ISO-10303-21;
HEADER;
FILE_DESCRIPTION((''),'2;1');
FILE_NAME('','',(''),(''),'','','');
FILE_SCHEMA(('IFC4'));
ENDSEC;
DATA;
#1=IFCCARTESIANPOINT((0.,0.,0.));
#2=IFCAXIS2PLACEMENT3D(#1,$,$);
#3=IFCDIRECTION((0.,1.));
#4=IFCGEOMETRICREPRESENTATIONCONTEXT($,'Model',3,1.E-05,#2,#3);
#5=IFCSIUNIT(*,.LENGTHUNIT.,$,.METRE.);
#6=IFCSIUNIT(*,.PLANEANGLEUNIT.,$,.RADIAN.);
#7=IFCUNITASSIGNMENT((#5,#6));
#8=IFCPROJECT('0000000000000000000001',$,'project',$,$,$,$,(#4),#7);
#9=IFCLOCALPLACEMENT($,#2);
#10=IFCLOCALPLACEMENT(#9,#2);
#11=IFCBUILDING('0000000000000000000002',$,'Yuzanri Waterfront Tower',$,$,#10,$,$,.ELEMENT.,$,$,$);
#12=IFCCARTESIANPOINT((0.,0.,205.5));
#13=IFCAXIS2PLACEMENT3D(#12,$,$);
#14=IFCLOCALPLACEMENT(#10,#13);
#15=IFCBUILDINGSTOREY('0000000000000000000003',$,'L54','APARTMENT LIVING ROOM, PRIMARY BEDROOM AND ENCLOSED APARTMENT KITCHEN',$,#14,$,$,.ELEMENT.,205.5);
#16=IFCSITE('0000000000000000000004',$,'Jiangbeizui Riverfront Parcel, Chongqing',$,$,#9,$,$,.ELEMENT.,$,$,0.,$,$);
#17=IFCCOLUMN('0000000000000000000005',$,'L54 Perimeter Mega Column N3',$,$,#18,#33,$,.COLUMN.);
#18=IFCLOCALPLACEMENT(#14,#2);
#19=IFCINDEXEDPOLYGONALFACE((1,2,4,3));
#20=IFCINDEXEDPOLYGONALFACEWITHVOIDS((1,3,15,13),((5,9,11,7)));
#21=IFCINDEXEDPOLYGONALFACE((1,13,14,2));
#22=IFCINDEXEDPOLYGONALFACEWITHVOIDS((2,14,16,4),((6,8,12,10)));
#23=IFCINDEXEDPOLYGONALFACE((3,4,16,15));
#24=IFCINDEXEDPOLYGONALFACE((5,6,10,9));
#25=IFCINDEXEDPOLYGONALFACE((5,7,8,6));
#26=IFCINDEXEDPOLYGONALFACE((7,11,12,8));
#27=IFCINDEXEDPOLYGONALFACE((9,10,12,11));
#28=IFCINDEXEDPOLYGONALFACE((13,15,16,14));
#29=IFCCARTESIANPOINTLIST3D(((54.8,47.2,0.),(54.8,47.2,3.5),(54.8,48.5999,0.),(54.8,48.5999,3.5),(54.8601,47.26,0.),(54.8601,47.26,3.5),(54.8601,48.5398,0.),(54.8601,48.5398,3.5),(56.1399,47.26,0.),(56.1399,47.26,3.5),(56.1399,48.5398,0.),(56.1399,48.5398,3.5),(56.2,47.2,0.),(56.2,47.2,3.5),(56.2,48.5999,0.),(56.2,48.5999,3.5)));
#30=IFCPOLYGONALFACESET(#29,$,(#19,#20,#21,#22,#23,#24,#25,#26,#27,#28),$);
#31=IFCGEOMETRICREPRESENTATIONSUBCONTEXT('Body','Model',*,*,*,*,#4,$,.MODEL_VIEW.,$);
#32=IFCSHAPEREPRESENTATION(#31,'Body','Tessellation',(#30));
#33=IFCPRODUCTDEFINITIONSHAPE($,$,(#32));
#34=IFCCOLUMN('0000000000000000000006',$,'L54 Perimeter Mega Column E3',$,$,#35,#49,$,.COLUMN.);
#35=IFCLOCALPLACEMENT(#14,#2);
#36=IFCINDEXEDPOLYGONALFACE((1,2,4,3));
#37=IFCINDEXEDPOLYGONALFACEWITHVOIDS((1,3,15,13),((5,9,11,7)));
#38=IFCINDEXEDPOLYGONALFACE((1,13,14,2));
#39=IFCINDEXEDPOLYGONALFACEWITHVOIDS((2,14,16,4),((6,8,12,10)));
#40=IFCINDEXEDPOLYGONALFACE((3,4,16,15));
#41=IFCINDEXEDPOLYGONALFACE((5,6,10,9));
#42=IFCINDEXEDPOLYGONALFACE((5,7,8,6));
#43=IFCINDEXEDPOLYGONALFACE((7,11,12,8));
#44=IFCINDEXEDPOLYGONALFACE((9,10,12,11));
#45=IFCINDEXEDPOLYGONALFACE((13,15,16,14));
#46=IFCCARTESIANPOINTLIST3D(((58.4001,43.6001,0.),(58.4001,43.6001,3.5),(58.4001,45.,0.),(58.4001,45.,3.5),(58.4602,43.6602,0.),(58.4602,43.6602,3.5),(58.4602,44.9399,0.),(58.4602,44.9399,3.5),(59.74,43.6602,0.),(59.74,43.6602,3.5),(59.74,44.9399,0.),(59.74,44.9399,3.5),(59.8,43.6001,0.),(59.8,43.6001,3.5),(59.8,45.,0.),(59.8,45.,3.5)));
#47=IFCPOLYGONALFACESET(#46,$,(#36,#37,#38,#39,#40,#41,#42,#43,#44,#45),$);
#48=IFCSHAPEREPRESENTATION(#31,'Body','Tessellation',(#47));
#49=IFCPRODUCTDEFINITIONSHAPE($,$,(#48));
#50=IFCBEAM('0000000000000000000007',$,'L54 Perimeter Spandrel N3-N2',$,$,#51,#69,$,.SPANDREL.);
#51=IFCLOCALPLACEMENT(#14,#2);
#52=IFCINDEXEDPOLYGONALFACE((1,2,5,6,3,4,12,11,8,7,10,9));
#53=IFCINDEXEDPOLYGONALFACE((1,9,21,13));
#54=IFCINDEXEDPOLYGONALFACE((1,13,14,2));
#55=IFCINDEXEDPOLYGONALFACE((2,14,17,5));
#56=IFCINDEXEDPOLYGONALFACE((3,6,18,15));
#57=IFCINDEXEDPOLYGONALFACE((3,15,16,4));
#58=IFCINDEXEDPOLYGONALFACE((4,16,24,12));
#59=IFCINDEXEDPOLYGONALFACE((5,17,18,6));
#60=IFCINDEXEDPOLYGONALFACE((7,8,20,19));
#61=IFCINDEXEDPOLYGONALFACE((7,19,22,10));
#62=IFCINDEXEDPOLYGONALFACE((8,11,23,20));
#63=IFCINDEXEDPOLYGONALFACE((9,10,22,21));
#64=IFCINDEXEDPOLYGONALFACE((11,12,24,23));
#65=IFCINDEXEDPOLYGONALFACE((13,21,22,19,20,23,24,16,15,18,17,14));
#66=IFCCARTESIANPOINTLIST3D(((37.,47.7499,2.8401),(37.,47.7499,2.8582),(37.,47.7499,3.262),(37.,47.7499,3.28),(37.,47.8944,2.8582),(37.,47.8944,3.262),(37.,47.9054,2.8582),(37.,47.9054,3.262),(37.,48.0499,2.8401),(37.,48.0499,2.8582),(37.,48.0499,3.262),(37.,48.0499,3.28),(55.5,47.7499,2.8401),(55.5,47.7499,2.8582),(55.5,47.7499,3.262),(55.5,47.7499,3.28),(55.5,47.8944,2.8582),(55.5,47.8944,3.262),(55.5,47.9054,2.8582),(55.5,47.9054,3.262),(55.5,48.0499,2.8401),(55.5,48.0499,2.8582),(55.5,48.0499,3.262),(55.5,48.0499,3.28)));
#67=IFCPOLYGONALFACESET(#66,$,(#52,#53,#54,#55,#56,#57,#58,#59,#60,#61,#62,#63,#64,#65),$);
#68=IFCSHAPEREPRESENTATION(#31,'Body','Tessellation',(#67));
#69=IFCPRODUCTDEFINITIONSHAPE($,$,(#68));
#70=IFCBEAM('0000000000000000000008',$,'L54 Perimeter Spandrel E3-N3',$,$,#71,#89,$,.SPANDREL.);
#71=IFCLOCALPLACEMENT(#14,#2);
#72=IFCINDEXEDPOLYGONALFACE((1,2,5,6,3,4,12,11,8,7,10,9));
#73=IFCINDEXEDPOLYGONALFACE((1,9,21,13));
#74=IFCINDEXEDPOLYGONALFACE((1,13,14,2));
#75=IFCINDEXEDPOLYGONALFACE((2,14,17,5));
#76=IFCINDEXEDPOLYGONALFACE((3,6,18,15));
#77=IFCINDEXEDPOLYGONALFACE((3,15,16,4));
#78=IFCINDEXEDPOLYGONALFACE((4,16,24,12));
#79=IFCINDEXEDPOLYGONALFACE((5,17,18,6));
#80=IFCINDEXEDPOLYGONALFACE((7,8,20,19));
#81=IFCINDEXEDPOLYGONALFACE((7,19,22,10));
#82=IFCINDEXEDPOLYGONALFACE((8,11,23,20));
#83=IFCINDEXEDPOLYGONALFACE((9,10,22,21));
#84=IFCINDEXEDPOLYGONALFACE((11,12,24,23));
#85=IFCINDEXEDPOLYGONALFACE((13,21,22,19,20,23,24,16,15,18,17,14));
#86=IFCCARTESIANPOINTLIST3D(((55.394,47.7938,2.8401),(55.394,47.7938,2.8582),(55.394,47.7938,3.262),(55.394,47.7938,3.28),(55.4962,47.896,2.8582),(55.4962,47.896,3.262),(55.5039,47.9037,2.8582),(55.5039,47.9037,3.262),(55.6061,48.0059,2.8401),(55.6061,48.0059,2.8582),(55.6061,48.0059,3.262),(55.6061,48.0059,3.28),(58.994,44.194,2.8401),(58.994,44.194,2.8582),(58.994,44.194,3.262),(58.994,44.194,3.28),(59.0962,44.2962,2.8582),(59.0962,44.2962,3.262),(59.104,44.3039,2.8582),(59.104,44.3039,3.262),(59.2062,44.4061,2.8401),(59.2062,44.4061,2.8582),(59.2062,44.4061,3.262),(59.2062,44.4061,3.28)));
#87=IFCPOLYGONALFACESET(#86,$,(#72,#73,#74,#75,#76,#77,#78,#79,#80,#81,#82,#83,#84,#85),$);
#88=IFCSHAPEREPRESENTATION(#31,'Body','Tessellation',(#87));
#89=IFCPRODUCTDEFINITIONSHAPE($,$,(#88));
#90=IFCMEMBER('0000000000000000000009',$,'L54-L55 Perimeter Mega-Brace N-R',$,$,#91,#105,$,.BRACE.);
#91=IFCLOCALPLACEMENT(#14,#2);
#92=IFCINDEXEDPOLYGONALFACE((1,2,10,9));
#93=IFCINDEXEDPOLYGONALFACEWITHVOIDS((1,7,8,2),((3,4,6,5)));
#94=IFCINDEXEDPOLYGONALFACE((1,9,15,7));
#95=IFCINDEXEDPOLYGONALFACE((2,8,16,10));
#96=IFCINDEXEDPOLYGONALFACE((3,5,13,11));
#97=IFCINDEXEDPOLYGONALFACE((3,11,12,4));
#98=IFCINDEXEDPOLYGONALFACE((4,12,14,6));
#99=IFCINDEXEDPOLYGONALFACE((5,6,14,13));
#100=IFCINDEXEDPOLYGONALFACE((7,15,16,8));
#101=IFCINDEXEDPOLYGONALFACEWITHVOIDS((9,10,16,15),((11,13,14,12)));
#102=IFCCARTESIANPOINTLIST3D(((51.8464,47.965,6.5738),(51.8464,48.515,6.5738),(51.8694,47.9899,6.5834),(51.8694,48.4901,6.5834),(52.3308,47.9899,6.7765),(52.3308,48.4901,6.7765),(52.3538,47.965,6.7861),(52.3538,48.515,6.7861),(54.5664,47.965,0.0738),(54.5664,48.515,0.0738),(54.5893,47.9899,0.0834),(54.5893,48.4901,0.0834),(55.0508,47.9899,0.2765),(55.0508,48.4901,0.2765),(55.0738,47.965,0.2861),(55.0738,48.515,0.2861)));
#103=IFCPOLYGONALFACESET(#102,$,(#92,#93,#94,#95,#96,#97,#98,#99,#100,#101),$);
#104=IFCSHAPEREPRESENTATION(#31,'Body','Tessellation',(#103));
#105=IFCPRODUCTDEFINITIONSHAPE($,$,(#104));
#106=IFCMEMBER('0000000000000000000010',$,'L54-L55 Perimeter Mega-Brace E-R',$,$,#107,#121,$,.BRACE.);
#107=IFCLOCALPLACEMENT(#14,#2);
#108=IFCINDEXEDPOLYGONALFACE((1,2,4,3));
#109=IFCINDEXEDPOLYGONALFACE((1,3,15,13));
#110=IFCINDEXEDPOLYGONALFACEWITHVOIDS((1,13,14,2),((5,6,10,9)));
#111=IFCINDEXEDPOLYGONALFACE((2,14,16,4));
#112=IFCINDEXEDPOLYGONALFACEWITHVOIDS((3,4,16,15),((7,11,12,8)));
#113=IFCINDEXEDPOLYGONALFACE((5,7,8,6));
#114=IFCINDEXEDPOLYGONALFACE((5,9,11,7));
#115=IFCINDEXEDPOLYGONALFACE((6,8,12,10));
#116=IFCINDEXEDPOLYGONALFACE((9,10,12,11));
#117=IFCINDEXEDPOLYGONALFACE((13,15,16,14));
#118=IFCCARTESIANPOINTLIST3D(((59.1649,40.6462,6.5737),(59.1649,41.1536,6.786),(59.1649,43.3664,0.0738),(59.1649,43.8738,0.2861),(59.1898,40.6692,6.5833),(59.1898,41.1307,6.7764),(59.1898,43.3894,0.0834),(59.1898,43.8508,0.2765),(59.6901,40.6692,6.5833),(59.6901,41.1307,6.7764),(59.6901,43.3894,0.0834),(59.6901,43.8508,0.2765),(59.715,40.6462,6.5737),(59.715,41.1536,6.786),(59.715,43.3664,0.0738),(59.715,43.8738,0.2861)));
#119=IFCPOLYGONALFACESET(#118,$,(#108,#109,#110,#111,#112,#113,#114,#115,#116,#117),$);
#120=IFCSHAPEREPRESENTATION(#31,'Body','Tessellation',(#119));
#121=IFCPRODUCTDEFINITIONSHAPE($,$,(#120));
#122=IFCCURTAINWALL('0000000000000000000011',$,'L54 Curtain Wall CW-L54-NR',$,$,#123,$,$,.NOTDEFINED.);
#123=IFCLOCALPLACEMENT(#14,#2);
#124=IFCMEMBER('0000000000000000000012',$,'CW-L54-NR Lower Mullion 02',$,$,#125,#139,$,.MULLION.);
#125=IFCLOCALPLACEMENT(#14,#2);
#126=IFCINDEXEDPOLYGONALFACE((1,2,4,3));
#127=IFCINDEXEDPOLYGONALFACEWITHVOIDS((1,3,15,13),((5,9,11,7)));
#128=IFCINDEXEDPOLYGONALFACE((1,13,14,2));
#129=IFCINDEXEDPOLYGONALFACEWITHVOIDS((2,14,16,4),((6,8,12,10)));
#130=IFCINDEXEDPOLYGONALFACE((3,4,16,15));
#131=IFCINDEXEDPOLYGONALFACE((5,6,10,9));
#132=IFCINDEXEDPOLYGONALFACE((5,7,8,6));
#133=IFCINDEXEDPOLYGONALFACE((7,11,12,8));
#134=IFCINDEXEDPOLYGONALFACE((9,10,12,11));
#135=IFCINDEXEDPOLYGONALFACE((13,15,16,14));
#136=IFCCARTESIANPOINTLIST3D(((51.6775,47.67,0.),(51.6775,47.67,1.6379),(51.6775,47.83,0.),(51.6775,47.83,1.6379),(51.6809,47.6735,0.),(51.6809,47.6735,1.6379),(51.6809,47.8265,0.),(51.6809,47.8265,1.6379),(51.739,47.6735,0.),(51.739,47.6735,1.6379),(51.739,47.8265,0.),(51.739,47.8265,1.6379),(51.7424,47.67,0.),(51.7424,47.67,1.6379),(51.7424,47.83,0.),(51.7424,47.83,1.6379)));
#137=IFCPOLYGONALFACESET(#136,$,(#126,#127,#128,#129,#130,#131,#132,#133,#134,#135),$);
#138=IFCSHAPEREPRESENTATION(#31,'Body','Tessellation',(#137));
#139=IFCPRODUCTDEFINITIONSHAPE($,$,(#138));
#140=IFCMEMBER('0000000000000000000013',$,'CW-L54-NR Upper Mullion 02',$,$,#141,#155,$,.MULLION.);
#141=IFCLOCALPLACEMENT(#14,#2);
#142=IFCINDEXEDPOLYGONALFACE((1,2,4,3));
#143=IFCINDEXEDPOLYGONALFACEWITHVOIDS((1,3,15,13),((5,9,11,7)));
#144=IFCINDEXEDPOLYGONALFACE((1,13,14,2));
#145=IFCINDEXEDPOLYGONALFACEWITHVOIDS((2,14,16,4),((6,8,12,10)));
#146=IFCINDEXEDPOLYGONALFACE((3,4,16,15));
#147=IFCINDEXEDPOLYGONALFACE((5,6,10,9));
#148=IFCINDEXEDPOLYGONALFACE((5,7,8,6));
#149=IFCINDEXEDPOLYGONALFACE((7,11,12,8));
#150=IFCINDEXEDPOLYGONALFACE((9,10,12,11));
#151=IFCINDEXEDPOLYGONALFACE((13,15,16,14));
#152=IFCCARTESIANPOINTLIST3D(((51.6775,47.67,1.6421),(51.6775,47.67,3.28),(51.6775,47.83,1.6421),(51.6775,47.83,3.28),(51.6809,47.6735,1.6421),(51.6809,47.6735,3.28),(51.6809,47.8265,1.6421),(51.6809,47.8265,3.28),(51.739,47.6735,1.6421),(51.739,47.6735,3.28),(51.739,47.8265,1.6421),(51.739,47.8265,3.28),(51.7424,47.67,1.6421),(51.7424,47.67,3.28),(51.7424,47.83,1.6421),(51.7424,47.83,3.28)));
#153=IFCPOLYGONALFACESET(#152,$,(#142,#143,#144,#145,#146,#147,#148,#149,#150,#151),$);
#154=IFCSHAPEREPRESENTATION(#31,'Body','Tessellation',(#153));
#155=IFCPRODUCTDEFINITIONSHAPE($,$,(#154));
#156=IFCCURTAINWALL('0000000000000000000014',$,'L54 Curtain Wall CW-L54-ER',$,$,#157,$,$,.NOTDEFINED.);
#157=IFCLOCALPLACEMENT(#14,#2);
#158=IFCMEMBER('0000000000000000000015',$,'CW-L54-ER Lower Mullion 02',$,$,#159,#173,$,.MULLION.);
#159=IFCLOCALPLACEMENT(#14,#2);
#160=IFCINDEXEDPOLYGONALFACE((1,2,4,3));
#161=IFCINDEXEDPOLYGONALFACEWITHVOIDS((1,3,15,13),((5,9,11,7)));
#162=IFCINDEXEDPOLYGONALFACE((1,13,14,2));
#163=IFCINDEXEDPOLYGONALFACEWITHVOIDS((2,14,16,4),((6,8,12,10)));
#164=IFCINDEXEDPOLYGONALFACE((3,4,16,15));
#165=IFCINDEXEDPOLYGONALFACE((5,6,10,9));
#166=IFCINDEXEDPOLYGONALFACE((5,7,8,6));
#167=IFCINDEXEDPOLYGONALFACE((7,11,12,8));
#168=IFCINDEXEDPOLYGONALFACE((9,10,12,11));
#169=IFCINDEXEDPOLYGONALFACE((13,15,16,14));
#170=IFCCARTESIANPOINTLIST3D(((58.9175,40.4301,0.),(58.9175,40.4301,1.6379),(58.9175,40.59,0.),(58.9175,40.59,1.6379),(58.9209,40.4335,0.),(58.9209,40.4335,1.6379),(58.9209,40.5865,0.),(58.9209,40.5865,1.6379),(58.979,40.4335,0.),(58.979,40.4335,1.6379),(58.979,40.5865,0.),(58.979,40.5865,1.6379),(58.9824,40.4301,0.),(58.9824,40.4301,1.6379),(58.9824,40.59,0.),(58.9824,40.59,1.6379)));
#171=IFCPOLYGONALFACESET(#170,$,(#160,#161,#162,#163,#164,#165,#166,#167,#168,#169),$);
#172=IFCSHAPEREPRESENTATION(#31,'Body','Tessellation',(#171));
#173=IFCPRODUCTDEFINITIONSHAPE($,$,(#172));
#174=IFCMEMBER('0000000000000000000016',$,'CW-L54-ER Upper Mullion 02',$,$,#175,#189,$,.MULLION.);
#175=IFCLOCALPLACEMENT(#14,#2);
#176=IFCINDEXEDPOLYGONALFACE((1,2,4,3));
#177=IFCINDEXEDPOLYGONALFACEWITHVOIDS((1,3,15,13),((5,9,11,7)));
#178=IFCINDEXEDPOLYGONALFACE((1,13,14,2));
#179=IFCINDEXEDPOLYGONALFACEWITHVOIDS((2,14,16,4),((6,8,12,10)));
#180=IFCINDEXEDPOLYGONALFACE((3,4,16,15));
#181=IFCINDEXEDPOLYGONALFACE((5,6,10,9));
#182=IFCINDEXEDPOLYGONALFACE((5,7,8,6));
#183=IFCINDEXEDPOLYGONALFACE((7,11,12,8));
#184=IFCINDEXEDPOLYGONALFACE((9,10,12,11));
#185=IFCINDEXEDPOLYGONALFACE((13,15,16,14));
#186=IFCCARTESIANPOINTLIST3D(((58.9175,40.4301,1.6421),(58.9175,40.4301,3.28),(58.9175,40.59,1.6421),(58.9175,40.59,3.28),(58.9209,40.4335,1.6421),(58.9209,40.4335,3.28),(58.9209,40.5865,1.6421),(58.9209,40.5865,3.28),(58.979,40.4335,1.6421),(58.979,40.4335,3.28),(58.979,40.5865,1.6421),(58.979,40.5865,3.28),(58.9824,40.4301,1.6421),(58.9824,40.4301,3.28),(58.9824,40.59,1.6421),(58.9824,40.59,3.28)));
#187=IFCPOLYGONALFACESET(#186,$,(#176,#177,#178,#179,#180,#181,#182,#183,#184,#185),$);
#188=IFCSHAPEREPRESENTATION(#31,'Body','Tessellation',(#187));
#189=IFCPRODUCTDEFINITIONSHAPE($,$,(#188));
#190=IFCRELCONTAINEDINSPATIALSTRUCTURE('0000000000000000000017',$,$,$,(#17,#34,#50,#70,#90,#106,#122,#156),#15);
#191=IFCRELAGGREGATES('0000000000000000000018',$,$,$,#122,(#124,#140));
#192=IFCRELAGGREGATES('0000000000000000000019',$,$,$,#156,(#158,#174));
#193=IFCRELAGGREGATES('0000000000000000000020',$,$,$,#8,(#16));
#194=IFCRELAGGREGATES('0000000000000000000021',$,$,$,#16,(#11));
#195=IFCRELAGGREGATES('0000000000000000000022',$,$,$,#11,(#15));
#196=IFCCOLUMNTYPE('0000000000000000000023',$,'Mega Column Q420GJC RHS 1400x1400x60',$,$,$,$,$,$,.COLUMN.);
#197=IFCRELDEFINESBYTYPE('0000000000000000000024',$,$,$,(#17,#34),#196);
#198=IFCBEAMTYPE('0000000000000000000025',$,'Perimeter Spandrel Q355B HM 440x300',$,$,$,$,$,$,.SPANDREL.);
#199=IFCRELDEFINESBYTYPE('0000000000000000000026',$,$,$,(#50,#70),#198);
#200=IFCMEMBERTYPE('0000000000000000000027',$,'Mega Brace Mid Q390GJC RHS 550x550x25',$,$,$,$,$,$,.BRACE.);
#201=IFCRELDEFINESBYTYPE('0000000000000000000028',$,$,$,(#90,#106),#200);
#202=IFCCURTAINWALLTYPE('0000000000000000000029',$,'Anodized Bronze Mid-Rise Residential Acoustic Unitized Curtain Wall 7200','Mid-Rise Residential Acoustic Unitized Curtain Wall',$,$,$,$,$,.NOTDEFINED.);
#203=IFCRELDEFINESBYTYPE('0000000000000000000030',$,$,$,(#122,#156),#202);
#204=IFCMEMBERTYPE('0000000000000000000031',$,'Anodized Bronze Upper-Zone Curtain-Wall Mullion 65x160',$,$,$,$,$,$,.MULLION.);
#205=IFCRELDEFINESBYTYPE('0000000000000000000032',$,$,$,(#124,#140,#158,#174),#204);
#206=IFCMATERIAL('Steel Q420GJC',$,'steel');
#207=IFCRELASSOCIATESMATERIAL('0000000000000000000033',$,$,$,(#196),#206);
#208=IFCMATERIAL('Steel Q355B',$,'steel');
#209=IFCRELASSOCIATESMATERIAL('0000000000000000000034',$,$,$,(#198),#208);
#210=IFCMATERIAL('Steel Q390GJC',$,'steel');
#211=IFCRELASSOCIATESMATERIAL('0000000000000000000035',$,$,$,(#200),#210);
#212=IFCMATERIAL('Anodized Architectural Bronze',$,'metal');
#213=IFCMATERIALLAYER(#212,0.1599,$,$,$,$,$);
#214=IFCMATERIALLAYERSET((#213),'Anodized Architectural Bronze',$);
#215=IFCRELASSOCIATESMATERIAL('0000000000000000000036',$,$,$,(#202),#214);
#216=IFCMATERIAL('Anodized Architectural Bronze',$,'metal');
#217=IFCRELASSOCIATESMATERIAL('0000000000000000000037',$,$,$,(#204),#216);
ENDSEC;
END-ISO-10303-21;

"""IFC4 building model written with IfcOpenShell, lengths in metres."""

from ifc_helpers import new_model, si_unit, direction, frame, origin, origin_2d, place, context, subcontext, project, spatial, hollow_rectangle, i_section, extrude, source, transform, mapped, material, layer, layer_set, material_profile, profile_set, type_object, element, aggregate, save


model = new_model("IFC4")

# Units and contexts
model_context = context("Model", 3, precision=1e-05, world=origin(), true_north=direction((0.0, 1.0)))
body_context = subcontext(model_context, "Body", "Model", "MODEL_VIEW")
ifc_project = project(units=[si_unit("LENGTHUNIT", "METRE"), si_unit("PLANEANGLEUNIT", "RADIAN")], contexts=[model_context])

# Site, building, storey
site_placement = place(None, origin())
site = spatial("IfcSite", under=ifc_project, at=site_placement, Name="Jiangbeizui Riverfront Parcel, Chongqing", CompositionType="ELEMENT", RefElevation=0.0)
building_placement = place(site_placement, origin())
building = spatial("IfcBuilding", under=site, at=building_placement, Name="Yuzanri Waterfront Tower", CompositionType="ELEMENT")
storey_placement = place(building_placement, frame((0.0, 0.0, 205.5)))
storey = spatial("IfcBuildingStorey", under=building, at=storey_placement, Name="L54", Description="APARTMENT LIVING ROOM, PRIMARY BEDROOM AND ENCLOSED APARTMENT KITCHEN", CompositionType="ELEMENT", Elevation=205.5)

# Columns
ifc_material_1 = material(Name="Steel Q420GJC", Category="steel")
ifc_material_profile_1 = material_profile(ifc_material_1, hollow_rectangle(XDim=1.3999, YDim=1.3999, WallThickness=0.0601, at=origin_2d()), Name="RHS 1400x1400x60")
ifc_profile_set_1 = profile_set([ifc_material_profile_1], Name="Steel Q420GJC")
column_type = type_object("IfcColumnType", Name="Mega Column Q420GJC RHS 1400x1400x60", PredefinedType="COLUMN", material=ifc_profile_set_1)
shared_shape_1 = source(origin(), body_context, "Body", "SweptSolid", [
    extrude(hollow_rectangle(XDim=1.3999, YDim=1.3999, WallThickness=0.0601, at=origin_2d()), origin(), (0.0, 0.0, 1.0), 3.5),
])
for number, where, z_axis, x_axis, name in (
    (1, (55.5, 47.8999, 0.0), (0.0, 0.0, 1.0), (1.0, 0.0, 0.0), "L54 Perimeter Mega Column N3"),
    (2, (59.1001, 44.3, 0.0), (0.0, 0.0, 1.0), (1.0, 0.0, 0.0), "L54 Perimeter Mega Column E3"),
):
    element("IfcColumn", number, at=place(storey_placement, frame(where, z_axis=z_axis, x_axis=x_axis)), inside=storey, type_object=column_type, Name=name, PredefinedType="COLUMN", context=body_context, shape_type="MappedRepresentation", body=[
        mapped(shared_shape_1, transform((0.0, 0.0, 0.0), scale=1.0)),
    ])

# Beams
ifc_material_2 = material(Name="Steel Q355B", Category="steel")
ifc_material_profile_2 = material_profile(ifc_material_2, i_section(OverallWidth=0.3, OverallDepth=0.4399, WebThickness=0.011, FlangeThickness=0.0181, at=origin_2d()), Name="HM 440x300x11x18")
ifc_profile_set_2 = profile_set([ifc_material_profile_2], Name="Steel Q355B")
beam_type = type_object("IfcBeamType", Name="Perimeter Spandrel Q355B HM 440x300", PredefinedType="SPANDREL", material=ifc_profile_set_2)
shared_shape_2 = source(origin(), body_context, "Body", "SweptSolid", [
    extrude(i_section(OverallWidth=0.3, OverallDepth=0.4399, WebThickness=0.011, FlangeThickness=0.0181, at=origin_2d()), origin(), (0.0, 0.0, 1.0), 18.5),
])
beam_1_placement = place(storey_placement, frame((55.5, 47.8999, 3.0601), z_axis=(-1.0, 0.0, 0.0), x_axis=(0.0, -1.0, 0.0)))
element("IfcBeam", 3, at=beam_1_placement, inside=storey, type_object=beam_type, Name="L54 Perimeter Spandrel N3-N2", PredefinedType="SPANDREL", context=body_context, shape_type="MappedRepresentation", body=[
    mapped(shared_shape_2, transform((0.0, 0.0, 0.0), scale=1.0)),
])
shared_shape_3 = source(origin(), body_context, "Body", "SweptSolid", [
    extrude(i_section(OverallWidth=0.3, OverallDepth=0.4399, WebThickness=0.011, FlangeThickness=0.0181, at=origin_2d()), origin(), (0.0, 0.0, 1.0), 5.0911),
])
beam_2_placement = place(storey_placement, frame((59.1001, 44.3, 3.0601), z_axis=(-0.707131, 0.707083, 0.0), x_axis=(-0.707083, -0.707131, 0.0)))
element("IfcBeam", 4, at=beam_2_placement, inside=storey, type_object=beam_type, Name="L54 Perimeter Spandrel E3-N3", PredefinedType="SPANDREL", context=body_context, shape_type="MappedRepresentation", body=[
    mapped(shared_shape_3, transform((0.0, 0.0, 0.0), scale=1.0)),
])

# Members
ifc_material_3 = material(Name="Steel Q390GJC", Category="steel")
ifc_material_profile_3 = material_profile(ifc_material_3, hollow_rectangle(XDim=0.55, YDim=0.55, WallThickness=0.0249, at=origin_2d()), Name="RHS 550x550x25")
ifc_profile_set_3 = profile_set([ifc_material_profile_3], Name="Steel Q390GJC")
member_type_1 = type_object("IfcMemberType", Name="Mega Brace Mid Q390GJC RHS 550x550x25", PredefinedType="BRACE", material=ifc_profile_set_3)
shared_shape_4 = source(origin(), body_context, "Body", "SweptSolid", [
    extrude(hollow_rectangle(XDim=0.55, YDim=0.55, WallThickness=0.0249, at=origin_2d()), origin(), (0.0, 0.0, 1.0), 7.0461),
])
for number, where, z_axis, x_axis, name in (
    (5, (54.8201, 48.24, 0.1799), (-0.386022, 0.0, 0.922489), (0.0, -1.0, 0.0), "L54-L55 Perimeter Mega-Brace N-R"),
    (6, (59.4399, 43.6201, 0.1799), (0.0, -0.386052, 0.922477), (1.0, 0.0, 0.0), "L54-L55 Perimeter Mega-Brace E-R"),
):
    element("IfcMember", number, at=place(storey_placement, frame(where, z_axis=z_axis, x_axis=x_axis)), inside=storey, type_object=member_type_1, Name=name, PredefinedType="BRACE", context=body_context, shape_type="MappedRepresentation", body=[
        mapped(shared_shape_4, transform((0.0, 0.0, 0.0), scale=1.0)),
    ])

# Curtain walls, members
ifc_material_4 = material(Name="Anodized Architectural Bronze", Category="metal")
ifc_layer_1 = layer(ifc_material_4, 0.1599)
ifc_layer_set_1 = layer_set([ifc_layer_1], Name="Anodized Architectural Bronze")
curtain_wall_type = type_object("IfcCurtainWallType", Name="Anodized Bronze Mid-Rise Residential Acoustic Unitized Curtain Wall 7200", Description="Mid-Rise Residential Acoustic Unitized Curtain Wall", PredefinedType="NOTDEFINED", material=ifc_layer_set_1)
curtain_wall_1_placement = place(storey_placement, origin())
curtain_wall_1 = element("IfcCurtainWall", 7, at=curtain_wall_1_placement, inside=storey, type_object=curtain_wall_type, Name="L54 Curtain Wall CW-L54-NR", PredefinedType="NOTDEFINED")
ifc_material_5 = material(Name="Anodized Architectural Bronze", Category="metal")
ifc_material_profile_4 = material_profile(ifc_material_5, hollow_rectangle(XDim=0.0649, YDim=0.1599, WallThickness=0.0034, at=origin_2d()), Name="CWM 65x160")
ifc_profile_set_4 = profile_set([ifc_material_profile_4], Name="Anodized Architectural Bronze")
member_type_2 = type_object("IfcMemberType", Name="Anodized Bronze Upper-Zone Curtain-Wall Mullion 65x160", PredefinedType="MULLION", material=ifc_profile_set_4)
shared_shape_5 = source(origin(), body_context, "Body", "SweptSolid", [
    extrude(hollow_rectangle(XDim=0.0649, YDim=0.1599, WallThickness=0.0034, at=origin_2d()), origin(), (0.0, 0.0, 1.0), 1.6379),
])
member_1_placement = place(storey_placement, frame((51.71, 47.75, 0.0), z_axis=(0.0, 0.0, 1.0), x_axis=(1.0, 0.0, 0.0)))
member_1 = element("IfcMember", 8, at=member_1_placement, type_object=member_type_2, Name="CW-L54-NR Lower Mullion 02", PredefinedType="MULLION", context=body_context, shape_type="MappedRepresentation", body=[
    mapped(shared_shape_5, transform((0.0, 0.0, 0.0), scale=1.0)),
])
member_2_placement = place(storey_placement, frame((51.71, 47.75, 1.6421), z_axis=(0.0, 0.0, 1.0), x_axis=(1.0, 0.0, 0.0)))
member_2 = element("IfcMember", 9, at=member_2_placement, type_object=member_type_2, Name="CW-L54-NR Upper Mullion 02", PredefinedType="MULLION", context=body_context, shape_type="MappedRepresentation", body=[
    mapped(shared_shape_5, transform((0.0, 0.0, 0.0), scale=1.0)),
])
aggregate(curtain_wall_1, [member_1, member_2])
curtain_wall_2_placement = place(storey_placement, origin())
curtain_wall_2 = element("IfcCurtainWall", 10, at=curtain_wall_2_placement, inside=storey, type_object=curtain_wall_type, Name="L54 Curtain Wall CW-L54-ER", PredefinedType="NOTDEFINED")
member_3_placement = place(storey_placement, frame((58.95, 40.51, 0.0), z_axis=(0.0, 0.0, 1.0), x_axis=(1.0, 0.0, 0.0)))
member_3 = element("IfcMember", 11, at=member_3_placement, type_object=member_type_2, Name="CW-L54-ER Lower Mullion 02", PredefinedType="MULLION", context=body_context, shape_type="MappedRepresentation", body=[
    mapped(shared_shape_5, transform((0.0, 0.0, 0.0), scale=1.0)),
])
member_4_placement = place(storey_placement, frame((58.95, 40.51, 1.6421), z_axis=(0.0, 0.0, 1.0), x_axis=(1.0, 0.0, 0.0)))
member_4 = element("IfcMember", 12, at=member_4_placement, type_object=member_type_2, Name="CW-L54-ER Upper Mullion 02", PredefinedType="MULLION", context=body_context, shape_type="MappedRepresentation", body=[
    mapped(shared_shape_5, transform((0.0, 0.0, 0.0), scale=1.0)),
])

aggregate(curtain_wall_2, [member_3, member_4])

save(model, "model.ifc")
